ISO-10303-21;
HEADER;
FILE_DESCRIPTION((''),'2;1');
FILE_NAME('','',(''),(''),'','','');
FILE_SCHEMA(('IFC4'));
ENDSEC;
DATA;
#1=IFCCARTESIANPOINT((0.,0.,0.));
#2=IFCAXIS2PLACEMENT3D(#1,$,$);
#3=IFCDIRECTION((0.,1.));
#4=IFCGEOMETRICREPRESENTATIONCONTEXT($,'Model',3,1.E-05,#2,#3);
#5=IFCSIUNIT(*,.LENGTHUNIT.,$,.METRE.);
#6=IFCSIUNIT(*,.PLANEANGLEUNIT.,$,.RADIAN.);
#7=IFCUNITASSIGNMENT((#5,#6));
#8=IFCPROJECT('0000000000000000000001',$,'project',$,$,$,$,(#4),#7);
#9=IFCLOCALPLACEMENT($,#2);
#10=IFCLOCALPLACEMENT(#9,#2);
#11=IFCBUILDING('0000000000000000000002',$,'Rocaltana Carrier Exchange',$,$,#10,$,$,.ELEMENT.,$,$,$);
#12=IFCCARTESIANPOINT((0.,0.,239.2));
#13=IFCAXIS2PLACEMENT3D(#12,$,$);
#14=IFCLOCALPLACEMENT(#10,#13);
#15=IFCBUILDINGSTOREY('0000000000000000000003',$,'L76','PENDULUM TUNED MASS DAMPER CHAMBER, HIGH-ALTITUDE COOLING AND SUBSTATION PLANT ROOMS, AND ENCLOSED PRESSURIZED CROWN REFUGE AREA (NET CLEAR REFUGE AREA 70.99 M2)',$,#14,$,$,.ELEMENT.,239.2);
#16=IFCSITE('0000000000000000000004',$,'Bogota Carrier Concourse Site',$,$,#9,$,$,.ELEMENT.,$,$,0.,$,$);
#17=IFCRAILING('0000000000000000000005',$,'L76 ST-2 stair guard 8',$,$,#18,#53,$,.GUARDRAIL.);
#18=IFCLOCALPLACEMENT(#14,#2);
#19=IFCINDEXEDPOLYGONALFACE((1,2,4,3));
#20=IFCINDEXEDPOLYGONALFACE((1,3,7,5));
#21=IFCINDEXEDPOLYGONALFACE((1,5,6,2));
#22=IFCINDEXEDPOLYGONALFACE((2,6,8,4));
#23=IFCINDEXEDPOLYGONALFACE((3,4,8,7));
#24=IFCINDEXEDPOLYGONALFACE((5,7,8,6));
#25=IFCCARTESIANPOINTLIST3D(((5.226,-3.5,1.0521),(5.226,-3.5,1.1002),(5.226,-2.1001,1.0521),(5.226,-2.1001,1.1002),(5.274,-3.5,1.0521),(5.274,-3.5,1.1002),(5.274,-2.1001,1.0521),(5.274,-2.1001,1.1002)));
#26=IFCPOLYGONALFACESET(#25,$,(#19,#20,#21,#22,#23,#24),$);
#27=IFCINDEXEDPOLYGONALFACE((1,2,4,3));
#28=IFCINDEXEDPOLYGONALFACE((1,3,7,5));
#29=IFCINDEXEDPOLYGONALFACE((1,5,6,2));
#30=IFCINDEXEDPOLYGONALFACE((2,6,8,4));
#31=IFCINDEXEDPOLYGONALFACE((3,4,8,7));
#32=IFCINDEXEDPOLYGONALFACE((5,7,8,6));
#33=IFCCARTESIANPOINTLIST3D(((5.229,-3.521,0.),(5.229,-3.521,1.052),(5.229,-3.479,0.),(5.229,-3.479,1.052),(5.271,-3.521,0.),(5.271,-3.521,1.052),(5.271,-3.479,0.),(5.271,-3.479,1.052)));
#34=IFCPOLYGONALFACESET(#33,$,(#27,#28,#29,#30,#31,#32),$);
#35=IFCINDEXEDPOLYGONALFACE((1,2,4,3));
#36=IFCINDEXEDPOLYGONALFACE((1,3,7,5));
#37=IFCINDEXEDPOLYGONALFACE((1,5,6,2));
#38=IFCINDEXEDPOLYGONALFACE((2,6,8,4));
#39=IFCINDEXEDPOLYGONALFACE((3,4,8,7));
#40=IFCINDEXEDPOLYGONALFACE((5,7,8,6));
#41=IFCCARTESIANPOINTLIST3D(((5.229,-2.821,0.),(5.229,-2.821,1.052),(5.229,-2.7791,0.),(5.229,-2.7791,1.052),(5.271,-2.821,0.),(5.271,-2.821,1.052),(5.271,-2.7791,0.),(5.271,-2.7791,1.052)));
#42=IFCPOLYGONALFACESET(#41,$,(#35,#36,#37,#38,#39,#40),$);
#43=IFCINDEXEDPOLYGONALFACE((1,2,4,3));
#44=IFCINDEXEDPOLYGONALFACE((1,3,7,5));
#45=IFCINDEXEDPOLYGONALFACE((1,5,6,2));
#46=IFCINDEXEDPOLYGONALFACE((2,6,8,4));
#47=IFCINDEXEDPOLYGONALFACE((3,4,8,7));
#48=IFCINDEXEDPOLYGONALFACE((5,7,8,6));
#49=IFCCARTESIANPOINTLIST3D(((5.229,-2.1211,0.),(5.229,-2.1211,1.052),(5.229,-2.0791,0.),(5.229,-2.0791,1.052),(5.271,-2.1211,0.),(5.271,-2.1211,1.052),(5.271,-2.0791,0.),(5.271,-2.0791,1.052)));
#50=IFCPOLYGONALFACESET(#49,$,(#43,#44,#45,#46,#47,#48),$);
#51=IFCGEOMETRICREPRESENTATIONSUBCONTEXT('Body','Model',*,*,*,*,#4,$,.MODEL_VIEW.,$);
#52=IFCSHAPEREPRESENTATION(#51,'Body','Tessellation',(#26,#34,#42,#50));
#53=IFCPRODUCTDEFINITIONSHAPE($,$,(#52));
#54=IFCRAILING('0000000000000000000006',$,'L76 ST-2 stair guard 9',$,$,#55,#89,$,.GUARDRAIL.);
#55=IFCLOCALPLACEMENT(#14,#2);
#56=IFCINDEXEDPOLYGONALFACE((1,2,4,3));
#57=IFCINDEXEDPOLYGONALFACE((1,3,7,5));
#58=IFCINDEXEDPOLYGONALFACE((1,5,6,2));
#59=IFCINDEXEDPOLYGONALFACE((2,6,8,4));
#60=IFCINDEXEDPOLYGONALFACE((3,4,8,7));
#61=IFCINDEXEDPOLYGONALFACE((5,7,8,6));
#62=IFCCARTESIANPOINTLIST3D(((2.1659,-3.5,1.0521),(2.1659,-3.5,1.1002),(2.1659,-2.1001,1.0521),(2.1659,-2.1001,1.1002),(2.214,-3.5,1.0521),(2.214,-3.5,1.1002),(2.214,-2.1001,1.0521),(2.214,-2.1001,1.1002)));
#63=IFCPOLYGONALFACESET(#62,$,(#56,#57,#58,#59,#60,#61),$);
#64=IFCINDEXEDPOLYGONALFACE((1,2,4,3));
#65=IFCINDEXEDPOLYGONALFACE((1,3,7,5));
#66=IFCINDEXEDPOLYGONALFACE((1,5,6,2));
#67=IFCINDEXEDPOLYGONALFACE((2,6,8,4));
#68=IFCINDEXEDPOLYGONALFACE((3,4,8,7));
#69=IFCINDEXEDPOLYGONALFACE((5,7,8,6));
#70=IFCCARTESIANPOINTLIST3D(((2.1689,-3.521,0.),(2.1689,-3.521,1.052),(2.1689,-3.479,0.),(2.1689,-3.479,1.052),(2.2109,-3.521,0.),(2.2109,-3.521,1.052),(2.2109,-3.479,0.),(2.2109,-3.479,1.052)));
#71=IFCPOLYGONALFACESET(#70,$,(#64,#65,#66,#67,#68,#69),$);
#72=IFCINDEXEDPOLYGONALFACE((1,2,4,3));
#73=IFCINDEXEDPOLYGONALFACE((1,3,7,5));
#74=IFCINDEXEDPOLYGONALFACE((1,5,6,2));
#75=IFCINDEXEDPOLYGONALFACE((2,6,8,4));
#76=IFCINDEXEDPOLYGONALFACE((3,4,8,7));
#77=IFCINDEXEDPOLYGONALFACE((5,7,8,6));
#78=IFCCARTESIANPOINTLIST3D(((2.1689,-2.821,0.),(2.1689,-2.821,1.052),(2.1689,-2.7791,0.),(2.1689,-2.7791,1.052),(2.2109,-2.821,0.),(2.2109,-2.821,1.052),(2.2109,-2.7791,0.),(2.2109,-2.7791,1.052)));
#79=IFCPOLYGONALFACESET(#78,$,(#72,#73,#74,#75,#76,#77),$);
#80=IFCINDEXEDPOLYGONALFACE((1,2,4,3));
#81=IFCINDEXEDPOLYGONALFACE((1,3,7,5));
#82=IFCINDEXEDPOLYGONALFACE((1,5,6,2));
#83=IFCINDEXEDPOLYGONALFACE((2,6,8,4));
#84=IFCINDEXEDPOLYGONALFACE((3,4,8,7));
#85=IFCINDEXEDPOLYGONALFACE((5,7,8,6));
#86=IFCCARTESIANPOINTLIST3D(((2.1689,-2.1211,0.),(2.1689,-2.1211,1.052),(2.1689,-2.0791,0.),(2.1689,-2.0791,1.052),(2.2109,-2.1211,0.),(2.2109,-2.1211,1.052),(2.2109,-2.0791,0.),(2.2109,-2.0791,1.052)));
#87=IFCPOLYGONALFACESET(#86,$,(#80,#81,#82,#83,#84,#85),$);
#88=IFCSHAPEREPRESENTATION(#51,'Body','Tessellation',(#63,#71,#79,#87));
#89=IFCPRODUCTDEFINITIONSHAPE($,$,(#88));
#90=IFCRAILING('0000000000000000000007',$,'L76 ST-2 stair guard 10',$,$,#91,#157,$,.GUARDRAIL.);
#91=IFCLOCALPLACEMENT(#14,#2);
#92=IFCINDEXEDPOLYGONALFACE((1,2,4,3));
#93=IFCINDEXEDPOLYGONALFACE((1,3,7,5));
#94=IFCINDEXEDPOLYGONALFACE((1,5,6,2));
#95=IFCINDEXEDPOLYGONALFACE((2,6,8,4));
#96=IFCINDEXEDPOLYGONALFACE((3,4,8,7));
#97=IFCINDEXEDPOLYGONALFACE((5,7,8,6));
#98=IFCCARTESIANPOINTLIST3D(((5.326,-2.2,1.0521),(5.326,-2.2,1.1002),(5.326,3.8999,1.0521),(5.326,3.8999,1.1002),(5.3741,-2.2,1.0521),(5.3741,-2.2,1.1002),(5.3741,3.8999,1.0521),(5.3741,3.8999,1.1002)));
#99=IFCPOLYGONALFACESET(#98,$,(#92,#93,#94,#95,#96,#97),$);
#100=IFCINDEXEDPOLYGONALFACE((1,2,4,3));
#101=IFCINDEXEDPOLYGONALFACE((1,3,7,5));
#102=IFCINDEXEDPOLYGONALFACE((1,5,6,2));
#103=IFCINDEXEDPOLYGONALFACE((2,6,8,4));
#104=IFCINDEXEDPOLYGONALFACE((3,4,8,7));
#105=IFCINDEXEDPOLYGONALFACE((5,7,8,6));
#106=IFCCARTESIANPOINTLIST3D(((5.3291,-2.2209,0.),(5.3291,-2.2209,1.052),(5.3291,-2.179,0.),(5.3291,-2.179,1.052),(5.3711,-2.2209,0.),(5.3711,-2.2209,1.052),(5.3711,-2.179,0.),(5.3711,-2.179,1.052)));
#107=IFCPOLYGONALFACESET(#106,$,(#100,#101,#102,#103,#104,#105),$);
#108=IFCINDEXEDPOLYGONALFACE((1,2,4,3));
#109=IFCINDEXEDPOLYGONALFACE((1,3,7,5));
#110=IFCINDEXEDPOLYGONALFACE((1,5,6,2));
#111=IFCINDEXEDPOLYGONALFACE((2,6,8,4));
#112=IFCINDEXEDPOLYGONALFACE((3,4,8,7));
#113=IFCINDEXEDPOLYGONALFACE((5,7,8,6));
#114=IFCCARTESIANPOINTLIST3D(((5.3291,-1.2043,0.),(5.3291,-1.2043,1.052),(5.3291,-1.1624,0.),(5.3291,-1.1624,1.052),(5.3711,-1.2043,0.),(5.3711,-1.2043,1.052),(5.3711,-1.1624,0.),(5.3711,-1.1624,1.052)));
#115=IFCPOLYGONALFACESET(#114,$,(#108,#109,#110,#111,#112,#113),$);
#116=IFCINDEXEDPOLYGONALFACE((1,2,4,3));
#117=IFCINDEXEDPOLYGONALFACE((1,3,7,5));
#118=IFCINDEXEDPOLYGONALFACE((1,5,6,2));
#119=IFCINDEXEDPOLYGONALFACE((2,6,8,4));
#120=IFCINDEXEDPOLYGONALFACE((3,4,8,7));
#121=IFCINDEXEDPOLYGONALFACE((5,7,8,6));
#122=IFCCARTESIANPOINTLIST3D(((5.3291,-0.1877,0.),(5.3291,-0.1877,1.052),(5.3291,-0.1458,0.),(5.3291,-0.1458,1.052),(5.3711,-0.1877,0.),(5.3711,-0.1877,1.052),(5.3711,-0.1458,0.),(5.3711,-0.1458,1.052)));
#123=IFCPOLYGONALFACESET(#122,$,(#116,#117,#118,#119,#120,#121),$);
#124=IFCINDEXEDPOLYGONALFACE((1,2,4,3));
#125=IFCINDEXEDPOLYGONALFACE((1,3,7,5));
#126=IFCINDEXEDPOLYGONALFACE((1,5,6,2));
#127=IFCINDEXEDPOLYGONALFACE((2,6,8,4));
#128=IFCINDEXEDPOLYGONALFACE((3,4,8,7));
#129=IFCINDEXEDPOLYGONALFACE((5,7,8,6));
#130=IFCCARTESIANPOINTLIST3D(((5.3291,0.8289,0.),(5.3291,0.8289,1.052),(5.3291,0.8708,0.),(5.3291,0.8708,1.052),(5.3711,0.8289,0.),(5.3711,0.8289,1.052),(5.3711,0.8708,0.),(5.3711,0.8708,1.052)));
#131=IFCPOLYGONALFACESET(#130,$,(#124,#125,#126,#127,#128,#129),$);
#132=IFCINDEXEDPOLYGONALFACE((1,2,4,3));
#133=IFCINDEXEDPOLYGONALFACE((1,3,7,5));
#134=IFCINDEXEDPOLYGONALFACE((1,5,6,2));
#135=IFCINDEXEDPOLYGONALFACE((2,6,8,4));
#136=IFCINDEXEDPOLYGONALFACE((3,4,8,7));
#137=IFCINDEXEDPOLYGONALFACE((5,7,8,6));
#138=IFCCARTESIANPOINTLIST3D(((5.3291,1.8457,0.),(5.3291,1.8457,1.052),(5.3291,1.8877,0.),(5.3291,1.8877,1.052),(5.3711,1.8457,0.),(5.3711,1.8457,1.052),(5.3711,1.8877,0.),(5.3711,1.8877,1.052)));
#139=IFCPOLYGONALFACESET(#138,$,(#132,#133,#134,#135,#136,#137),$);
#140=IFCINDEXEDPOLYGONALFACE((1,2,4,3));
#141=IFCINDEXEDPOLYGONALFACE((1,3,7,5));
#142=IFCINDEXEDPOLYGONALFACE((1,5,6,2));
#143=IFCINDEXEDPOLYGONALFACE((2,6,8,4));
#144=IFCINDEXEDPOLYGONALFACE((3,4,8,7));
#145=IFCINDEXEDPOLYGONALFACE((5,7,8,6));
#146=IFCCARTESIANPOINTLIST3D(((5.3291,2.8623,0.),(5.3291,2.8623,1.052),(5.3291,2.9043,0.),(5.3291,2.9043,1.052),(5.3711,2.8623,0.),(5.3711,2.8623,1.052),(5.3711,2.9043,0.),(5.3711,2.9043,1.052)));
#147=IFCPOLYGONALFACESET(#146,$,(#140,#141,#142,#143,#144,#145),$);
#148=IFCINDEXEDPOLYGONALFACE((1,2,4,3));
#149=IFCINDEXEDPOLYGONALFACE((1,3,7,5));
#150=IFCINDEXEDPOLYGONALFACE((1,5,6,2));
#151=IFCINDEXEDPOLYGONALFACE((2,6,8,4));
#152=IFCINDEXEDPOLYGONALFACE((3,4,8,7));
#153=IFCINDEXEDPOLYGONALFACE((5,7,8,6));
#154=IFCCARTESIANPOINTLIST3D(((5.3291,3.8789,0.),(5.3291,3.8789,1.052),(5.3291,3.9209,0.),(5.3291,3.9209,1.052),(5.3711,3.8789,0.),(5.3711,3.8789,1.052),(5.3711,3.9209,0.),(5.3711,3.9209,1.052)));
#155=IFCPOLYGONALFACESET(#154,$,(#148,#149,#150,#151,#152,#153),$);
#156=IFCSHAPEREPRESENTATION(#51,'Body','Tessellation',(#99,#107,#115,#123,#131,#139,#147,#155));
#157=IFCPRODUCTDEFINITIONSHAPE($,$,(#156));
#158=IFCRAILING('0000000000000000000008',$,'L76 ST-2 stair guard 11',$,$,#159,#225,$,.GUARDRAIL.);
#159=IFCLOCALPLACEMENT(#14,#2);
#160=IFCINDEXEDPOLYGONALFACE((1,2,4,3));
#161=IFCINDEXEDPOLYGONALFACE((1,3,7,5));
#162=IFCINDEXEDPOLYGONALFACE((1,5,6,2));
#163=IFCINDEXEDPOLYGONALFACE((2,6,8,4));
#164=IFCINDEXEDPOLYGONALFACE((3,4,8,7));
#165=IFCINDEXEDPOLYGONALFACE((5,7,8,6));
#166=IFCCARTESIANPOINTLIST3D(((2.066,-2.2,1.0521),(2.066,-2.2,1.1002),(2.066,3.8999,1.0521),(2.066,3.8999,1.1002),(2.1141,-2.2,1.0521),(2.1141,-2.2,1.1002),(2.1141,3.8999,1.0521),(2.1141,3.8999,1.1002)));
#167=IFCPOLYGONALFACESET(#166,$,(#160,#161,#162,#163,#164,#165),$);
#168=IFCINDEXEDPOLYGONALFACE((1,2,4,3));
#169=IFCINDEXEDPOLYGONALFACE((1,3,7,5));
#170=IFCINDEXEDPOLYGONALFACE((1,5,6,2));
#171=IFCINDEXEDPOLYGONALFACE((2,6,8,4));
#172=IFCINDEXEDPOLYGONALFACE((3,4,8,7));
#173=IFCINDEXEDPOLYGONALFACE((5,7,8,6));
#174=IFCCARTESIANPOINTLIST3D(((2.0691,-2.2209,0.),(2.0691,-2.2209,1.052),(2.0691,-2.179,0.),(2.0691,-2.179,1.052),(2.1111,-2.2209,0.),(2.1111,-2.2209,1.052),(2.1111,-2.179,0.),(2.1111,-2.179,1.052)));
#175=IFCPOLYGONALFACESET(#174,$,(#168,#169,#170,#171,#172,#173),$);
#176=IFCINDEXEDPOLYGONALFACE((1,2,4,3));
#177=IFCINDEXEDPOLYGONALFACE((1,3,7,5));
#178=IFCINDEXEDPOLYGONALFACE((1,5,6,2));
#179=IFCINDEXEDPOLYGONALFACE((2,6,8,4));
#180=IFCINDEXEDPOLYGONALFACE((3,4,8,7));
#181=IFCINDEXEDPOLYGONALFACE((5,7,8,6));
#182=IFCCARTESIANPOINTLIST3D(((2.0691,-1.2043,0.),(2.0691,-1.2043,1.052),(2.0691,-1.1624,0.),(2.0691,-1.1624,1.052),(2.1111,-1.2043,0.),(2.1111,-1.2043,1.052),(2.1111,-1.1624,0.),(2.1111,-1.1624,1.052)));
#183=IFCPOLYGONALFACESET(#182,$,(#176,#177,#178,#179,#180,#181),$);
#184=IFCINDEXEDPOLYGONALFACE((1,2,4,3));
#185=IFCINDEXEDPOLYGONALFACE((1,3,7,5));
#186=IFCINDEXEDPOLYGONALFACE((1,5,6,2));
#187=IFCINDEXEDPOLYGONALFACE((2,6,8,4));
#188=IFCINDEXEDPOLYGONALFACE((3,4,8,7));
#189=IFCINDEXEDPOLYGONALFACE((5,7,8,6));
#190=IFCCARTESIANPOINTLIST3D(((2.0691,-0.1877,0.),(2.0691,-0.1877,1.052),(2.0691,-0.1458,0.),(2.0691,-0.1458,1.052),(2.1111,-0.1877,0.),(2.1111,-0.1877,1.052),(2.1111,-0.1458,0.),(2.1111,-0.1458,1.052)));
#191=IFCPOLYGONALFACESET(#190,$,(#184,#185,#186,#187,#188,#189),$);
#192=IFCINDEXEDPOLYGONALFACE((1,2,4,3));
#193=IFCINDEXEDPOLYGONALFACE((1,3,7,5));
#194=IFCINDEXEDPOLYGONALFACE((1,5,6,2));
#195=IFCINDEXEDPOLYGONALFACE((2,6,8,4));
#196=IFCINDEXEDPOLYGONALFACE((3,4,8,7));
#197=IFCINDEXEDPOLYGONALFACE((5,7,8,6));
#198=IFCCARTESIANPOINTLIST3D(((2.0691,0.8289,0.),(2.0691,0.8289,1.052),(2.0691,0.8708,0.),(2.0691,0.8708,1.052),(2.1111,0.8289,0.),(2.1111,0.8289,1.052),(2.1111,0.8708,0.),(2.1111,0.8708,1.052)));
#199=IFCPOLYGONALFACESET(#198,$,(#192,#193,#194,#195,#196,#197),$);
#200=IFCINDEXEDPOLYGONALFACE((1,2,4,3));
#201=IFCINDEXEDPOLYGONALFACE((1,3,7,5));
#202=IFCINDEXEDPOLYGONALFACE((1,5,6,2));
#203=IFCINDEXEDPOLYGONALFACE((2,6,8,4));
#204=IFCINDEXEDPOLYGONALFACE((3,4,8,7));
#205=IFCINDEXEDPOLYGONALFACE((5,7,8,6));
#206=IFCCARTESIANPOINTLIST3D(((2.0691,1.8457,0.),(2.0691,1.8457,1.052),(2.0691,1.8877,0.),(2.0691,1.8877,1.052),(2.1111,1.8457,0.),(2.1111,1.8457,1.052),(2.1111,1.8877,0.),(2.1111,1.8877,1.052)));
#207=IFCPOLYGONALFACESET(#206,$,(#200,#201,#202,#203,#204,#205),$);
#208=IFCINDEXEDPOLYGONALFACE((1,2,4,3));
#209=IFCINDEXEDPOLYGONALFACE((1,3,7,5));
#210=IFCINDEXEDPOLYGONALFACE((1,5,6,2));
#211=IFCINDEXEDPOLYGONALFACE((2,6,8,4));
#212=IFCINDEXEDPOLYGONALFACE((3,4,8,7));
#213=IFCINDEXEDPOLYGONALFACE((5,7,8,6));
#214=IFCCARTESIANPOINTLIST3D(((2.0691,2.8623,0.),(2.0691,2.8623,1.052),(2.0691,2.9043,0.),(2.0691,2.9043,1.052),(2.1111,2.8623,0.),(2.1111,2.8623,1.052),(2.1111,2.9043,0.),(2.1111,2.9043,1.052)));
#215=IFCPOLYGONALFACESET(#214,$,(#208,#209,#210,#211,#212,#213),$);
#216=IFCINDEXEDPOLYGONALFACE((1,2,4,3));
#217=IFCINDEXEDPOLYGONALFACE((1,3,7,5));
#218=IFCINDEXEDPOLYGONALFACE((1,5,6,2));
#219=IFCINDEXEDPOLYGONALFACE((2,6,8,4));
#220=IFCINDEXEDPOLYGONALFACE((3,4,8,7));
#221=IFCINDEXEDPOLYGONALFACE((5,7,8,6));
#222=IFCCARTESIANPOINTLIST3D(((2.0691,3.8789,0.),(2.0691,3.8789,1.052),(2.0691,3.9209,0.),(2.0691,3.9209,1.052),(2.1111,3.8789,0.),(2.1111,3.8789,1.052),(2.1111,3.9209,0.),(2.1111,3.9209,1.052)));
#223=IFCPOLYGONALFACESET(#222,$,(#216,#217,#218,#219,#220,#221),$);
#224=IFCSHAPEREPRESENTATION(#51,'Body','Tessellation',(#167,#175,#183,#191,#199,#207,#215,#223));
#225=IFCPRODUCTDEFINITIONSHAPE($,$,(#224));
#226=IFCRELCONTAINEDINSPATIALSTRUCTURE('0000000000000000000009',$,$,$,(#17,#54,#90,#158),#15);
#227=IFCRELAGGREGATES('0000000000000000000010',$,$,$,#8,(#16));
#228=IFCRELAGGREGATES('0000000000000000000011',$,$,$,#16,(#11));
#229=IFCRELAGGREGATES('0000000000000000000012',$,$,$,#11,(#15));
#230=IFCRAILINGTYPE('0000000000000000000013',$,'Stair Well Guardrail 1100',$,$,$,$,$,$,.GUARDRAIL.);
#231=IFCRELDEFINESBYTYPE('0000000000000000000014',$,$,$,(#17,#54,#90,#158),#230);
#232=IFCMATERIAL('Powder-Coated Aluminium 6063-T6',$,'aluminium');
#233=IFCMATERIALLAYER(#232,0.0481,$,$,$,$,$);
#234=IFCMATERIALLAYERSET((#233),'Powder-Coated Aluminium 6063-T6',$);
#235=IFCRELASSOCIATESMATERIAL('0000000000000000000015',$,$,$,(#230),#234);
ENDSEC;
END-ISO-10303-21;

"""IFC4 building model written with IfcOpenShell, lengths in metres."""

from ifc_helpers import new_model, si_unit, direction, frame, origin, origin_2d, place, context, subcontext, project, spatial, rectangle, extrude, material, layer, layer_set, type_object, element, save


model = new_model("IFC4")

# Units and contexts
model_context = context("Model", 3, precision=1e-05, world=origin(), true_north=direction((0.0, 1.0)))
body_context = subcontext(model_context, "Body", "Model", "MODEL_VIEW")
ifc_project = project(units=[si_unit("LENGTHUNIT", "METRE"), si_unit("PLANEANGLEUNIT", "RADIAN")], contexts=[model_context])

# Site, building, storey
site_placement = place(None, origin())
site = spatial("IfcSite", under=ifc_project, at=site_placement, Name="Bogota Carrier Concourse Site", CompositionType="ELEMENT", RefElevation=0.0)
building_placement = place(site_placement, origin())
building = spatial("IfcBuilding", under=site, at=building_placement, Name="Rocaltana Carrier Exchange", CompositionType="ELEMENT")
storey_placement = place(building_placement, frame((0.0, 0.0, 239.2)))
storey = spatial("IfcBuildingStorey", under=building, at=storey_placement, Name="L76", Description="PENDULUM TUNED MASS DAMPER CHAMBER, HIGH-ALTITUDE COOLING AND SUBSTATION PLANT ROOMS, AND ENCLOSED PRESSURIZED CROWN REFUGE AREA (NET CLEAR REFUGE AREA 70.99 M2)", CompositionType="ELEMENT", Elevation=239.2)

# Railings
ifc_material_1 = material(Name="Powder-Coated Aluminium 6063-T6", Category="aluminium")
ifc_layer_1 = layer(ifc_material_1, 0.0481)
ifc_layer_set_1 = layer_set([ifc_layer_1], Name="Powder-Coated Aluminium 6063-T6")
railing_type_1 = type_object("IfcRailingType", Name="Stair Well Guardrail 1100", PredefinedType="GUARDRAIL", material=ifc_layer_set_1)
for number, where, name in (
    (1, (5.25, -3.5, 0.0), "L76 ST-2 stair guard 8"),
    (2, (2.1899, -3.5, 0.0), "L76 ST-2 stair guard 9"),
):
    element("IfcRailing", number, at=place(storey_placement, frame(where)), inside=storey, type_object=railing_type_1, Name=name, PredefinedType="GUARDRAIL", context=body_context, shape_type="SweptSolid", body=[
        extrude(rectangle(XDim=0.0481, YDim=0.0481, at=origin_2d()), frame((0.0, 0.0, 1.0762), z_axis=(0.0, 1.0, 0.0), x_axis=(-1.0, 0.0, 0.0)), (0.0, 0.0, 1.0), 1.3999),
        extrude(rectangle(XDim=0.042, YDim=0.042, at=origin_2d()), origin(), (0.0, 0.0, 1.0), 1.052),
        extrude(rectangle(XDim=0.042, YDim=0.042, at=origin_2d()), frame((0.0, 0.7, 0.0)), (0.0, 0.0, 1.0), 1.052),
        extrude(rectangle(XDim=0.042, YDim=0.042, at=origin_2d()), frame((0.0, 1.3999, 0.0)), (0.0, 0.0, 1.0), 1.052),
    ])
for number, where, name in (
    (3, (5.3501, -2.2, 0.0), "L76 ST-2 stair guard 10"),
    (4, (2.0901, -2.2, 0.0), "L76 ST-2 stair guard 11"),
):
    element("IfcRailing", number, at=place(storey_placement, frame(where)), inside=storey, type_object=railing_type_1, Name=name, PredefinedType="GUARDRAIL", context=body_context, shape_type="SweptSolid", body=[
        extrude(rectangle(XDim=0.0481, YDim=0.0481, at=origin_2d()), frame((0.0, 0.0, 1.0762), z_axis=(0.0, 1.0, 0.0), x_axis=(-1.0, 0.0, 0.0)), (0.0, 0.0, 1.0), 6.0999),
        extrude(rectangle(XDim=0.042, YDim=0.042, at=origin_2d()), origin(), (0.0, 0.0, 1.0), 1.052),
        extrude(rectangle(XDim=0.042, YDim=0.042, at=origin_2d()), frame((0.0, 1.0166, 0.0)), (0.0, 0.0, 1.0), 1.052),
        extrude(rectangle(XDim=0.042, YDim=0.042, at=origin_2d()), frame((0.0, 2.0332, 0.0)), (0.0, 0.0, 1.0), 1.052),
        extrude(rectangle(XDim=0.042, YDim=0.042, at=origin_2d()), frame((0.0, 3.0498, 0.0)), (0.0, 0.0, 1.0), 1.052),
        extrude(rectangle(XDim=0.042, YDim=0.042, at=origin_2d()), frame((0.0, 4.0667, 0.0)), (0.0, 0.0, 1.0), 1.052),
        extrude(rectangle(XDim=0.042, YDim=0.042, at=origin_2d()), frame((0.0, 5.0833, 0.0)), (0.0, 0.0, 1.0), 1.052),
        extrude(rectangle(XDim=0.042, YDim=0.042, at=origin_2d()), frame((0.0, 6.0999, 0.0)), (0.0, 0.0, 1.0), 1.052),
    ])

save(model, "model.ifc")
